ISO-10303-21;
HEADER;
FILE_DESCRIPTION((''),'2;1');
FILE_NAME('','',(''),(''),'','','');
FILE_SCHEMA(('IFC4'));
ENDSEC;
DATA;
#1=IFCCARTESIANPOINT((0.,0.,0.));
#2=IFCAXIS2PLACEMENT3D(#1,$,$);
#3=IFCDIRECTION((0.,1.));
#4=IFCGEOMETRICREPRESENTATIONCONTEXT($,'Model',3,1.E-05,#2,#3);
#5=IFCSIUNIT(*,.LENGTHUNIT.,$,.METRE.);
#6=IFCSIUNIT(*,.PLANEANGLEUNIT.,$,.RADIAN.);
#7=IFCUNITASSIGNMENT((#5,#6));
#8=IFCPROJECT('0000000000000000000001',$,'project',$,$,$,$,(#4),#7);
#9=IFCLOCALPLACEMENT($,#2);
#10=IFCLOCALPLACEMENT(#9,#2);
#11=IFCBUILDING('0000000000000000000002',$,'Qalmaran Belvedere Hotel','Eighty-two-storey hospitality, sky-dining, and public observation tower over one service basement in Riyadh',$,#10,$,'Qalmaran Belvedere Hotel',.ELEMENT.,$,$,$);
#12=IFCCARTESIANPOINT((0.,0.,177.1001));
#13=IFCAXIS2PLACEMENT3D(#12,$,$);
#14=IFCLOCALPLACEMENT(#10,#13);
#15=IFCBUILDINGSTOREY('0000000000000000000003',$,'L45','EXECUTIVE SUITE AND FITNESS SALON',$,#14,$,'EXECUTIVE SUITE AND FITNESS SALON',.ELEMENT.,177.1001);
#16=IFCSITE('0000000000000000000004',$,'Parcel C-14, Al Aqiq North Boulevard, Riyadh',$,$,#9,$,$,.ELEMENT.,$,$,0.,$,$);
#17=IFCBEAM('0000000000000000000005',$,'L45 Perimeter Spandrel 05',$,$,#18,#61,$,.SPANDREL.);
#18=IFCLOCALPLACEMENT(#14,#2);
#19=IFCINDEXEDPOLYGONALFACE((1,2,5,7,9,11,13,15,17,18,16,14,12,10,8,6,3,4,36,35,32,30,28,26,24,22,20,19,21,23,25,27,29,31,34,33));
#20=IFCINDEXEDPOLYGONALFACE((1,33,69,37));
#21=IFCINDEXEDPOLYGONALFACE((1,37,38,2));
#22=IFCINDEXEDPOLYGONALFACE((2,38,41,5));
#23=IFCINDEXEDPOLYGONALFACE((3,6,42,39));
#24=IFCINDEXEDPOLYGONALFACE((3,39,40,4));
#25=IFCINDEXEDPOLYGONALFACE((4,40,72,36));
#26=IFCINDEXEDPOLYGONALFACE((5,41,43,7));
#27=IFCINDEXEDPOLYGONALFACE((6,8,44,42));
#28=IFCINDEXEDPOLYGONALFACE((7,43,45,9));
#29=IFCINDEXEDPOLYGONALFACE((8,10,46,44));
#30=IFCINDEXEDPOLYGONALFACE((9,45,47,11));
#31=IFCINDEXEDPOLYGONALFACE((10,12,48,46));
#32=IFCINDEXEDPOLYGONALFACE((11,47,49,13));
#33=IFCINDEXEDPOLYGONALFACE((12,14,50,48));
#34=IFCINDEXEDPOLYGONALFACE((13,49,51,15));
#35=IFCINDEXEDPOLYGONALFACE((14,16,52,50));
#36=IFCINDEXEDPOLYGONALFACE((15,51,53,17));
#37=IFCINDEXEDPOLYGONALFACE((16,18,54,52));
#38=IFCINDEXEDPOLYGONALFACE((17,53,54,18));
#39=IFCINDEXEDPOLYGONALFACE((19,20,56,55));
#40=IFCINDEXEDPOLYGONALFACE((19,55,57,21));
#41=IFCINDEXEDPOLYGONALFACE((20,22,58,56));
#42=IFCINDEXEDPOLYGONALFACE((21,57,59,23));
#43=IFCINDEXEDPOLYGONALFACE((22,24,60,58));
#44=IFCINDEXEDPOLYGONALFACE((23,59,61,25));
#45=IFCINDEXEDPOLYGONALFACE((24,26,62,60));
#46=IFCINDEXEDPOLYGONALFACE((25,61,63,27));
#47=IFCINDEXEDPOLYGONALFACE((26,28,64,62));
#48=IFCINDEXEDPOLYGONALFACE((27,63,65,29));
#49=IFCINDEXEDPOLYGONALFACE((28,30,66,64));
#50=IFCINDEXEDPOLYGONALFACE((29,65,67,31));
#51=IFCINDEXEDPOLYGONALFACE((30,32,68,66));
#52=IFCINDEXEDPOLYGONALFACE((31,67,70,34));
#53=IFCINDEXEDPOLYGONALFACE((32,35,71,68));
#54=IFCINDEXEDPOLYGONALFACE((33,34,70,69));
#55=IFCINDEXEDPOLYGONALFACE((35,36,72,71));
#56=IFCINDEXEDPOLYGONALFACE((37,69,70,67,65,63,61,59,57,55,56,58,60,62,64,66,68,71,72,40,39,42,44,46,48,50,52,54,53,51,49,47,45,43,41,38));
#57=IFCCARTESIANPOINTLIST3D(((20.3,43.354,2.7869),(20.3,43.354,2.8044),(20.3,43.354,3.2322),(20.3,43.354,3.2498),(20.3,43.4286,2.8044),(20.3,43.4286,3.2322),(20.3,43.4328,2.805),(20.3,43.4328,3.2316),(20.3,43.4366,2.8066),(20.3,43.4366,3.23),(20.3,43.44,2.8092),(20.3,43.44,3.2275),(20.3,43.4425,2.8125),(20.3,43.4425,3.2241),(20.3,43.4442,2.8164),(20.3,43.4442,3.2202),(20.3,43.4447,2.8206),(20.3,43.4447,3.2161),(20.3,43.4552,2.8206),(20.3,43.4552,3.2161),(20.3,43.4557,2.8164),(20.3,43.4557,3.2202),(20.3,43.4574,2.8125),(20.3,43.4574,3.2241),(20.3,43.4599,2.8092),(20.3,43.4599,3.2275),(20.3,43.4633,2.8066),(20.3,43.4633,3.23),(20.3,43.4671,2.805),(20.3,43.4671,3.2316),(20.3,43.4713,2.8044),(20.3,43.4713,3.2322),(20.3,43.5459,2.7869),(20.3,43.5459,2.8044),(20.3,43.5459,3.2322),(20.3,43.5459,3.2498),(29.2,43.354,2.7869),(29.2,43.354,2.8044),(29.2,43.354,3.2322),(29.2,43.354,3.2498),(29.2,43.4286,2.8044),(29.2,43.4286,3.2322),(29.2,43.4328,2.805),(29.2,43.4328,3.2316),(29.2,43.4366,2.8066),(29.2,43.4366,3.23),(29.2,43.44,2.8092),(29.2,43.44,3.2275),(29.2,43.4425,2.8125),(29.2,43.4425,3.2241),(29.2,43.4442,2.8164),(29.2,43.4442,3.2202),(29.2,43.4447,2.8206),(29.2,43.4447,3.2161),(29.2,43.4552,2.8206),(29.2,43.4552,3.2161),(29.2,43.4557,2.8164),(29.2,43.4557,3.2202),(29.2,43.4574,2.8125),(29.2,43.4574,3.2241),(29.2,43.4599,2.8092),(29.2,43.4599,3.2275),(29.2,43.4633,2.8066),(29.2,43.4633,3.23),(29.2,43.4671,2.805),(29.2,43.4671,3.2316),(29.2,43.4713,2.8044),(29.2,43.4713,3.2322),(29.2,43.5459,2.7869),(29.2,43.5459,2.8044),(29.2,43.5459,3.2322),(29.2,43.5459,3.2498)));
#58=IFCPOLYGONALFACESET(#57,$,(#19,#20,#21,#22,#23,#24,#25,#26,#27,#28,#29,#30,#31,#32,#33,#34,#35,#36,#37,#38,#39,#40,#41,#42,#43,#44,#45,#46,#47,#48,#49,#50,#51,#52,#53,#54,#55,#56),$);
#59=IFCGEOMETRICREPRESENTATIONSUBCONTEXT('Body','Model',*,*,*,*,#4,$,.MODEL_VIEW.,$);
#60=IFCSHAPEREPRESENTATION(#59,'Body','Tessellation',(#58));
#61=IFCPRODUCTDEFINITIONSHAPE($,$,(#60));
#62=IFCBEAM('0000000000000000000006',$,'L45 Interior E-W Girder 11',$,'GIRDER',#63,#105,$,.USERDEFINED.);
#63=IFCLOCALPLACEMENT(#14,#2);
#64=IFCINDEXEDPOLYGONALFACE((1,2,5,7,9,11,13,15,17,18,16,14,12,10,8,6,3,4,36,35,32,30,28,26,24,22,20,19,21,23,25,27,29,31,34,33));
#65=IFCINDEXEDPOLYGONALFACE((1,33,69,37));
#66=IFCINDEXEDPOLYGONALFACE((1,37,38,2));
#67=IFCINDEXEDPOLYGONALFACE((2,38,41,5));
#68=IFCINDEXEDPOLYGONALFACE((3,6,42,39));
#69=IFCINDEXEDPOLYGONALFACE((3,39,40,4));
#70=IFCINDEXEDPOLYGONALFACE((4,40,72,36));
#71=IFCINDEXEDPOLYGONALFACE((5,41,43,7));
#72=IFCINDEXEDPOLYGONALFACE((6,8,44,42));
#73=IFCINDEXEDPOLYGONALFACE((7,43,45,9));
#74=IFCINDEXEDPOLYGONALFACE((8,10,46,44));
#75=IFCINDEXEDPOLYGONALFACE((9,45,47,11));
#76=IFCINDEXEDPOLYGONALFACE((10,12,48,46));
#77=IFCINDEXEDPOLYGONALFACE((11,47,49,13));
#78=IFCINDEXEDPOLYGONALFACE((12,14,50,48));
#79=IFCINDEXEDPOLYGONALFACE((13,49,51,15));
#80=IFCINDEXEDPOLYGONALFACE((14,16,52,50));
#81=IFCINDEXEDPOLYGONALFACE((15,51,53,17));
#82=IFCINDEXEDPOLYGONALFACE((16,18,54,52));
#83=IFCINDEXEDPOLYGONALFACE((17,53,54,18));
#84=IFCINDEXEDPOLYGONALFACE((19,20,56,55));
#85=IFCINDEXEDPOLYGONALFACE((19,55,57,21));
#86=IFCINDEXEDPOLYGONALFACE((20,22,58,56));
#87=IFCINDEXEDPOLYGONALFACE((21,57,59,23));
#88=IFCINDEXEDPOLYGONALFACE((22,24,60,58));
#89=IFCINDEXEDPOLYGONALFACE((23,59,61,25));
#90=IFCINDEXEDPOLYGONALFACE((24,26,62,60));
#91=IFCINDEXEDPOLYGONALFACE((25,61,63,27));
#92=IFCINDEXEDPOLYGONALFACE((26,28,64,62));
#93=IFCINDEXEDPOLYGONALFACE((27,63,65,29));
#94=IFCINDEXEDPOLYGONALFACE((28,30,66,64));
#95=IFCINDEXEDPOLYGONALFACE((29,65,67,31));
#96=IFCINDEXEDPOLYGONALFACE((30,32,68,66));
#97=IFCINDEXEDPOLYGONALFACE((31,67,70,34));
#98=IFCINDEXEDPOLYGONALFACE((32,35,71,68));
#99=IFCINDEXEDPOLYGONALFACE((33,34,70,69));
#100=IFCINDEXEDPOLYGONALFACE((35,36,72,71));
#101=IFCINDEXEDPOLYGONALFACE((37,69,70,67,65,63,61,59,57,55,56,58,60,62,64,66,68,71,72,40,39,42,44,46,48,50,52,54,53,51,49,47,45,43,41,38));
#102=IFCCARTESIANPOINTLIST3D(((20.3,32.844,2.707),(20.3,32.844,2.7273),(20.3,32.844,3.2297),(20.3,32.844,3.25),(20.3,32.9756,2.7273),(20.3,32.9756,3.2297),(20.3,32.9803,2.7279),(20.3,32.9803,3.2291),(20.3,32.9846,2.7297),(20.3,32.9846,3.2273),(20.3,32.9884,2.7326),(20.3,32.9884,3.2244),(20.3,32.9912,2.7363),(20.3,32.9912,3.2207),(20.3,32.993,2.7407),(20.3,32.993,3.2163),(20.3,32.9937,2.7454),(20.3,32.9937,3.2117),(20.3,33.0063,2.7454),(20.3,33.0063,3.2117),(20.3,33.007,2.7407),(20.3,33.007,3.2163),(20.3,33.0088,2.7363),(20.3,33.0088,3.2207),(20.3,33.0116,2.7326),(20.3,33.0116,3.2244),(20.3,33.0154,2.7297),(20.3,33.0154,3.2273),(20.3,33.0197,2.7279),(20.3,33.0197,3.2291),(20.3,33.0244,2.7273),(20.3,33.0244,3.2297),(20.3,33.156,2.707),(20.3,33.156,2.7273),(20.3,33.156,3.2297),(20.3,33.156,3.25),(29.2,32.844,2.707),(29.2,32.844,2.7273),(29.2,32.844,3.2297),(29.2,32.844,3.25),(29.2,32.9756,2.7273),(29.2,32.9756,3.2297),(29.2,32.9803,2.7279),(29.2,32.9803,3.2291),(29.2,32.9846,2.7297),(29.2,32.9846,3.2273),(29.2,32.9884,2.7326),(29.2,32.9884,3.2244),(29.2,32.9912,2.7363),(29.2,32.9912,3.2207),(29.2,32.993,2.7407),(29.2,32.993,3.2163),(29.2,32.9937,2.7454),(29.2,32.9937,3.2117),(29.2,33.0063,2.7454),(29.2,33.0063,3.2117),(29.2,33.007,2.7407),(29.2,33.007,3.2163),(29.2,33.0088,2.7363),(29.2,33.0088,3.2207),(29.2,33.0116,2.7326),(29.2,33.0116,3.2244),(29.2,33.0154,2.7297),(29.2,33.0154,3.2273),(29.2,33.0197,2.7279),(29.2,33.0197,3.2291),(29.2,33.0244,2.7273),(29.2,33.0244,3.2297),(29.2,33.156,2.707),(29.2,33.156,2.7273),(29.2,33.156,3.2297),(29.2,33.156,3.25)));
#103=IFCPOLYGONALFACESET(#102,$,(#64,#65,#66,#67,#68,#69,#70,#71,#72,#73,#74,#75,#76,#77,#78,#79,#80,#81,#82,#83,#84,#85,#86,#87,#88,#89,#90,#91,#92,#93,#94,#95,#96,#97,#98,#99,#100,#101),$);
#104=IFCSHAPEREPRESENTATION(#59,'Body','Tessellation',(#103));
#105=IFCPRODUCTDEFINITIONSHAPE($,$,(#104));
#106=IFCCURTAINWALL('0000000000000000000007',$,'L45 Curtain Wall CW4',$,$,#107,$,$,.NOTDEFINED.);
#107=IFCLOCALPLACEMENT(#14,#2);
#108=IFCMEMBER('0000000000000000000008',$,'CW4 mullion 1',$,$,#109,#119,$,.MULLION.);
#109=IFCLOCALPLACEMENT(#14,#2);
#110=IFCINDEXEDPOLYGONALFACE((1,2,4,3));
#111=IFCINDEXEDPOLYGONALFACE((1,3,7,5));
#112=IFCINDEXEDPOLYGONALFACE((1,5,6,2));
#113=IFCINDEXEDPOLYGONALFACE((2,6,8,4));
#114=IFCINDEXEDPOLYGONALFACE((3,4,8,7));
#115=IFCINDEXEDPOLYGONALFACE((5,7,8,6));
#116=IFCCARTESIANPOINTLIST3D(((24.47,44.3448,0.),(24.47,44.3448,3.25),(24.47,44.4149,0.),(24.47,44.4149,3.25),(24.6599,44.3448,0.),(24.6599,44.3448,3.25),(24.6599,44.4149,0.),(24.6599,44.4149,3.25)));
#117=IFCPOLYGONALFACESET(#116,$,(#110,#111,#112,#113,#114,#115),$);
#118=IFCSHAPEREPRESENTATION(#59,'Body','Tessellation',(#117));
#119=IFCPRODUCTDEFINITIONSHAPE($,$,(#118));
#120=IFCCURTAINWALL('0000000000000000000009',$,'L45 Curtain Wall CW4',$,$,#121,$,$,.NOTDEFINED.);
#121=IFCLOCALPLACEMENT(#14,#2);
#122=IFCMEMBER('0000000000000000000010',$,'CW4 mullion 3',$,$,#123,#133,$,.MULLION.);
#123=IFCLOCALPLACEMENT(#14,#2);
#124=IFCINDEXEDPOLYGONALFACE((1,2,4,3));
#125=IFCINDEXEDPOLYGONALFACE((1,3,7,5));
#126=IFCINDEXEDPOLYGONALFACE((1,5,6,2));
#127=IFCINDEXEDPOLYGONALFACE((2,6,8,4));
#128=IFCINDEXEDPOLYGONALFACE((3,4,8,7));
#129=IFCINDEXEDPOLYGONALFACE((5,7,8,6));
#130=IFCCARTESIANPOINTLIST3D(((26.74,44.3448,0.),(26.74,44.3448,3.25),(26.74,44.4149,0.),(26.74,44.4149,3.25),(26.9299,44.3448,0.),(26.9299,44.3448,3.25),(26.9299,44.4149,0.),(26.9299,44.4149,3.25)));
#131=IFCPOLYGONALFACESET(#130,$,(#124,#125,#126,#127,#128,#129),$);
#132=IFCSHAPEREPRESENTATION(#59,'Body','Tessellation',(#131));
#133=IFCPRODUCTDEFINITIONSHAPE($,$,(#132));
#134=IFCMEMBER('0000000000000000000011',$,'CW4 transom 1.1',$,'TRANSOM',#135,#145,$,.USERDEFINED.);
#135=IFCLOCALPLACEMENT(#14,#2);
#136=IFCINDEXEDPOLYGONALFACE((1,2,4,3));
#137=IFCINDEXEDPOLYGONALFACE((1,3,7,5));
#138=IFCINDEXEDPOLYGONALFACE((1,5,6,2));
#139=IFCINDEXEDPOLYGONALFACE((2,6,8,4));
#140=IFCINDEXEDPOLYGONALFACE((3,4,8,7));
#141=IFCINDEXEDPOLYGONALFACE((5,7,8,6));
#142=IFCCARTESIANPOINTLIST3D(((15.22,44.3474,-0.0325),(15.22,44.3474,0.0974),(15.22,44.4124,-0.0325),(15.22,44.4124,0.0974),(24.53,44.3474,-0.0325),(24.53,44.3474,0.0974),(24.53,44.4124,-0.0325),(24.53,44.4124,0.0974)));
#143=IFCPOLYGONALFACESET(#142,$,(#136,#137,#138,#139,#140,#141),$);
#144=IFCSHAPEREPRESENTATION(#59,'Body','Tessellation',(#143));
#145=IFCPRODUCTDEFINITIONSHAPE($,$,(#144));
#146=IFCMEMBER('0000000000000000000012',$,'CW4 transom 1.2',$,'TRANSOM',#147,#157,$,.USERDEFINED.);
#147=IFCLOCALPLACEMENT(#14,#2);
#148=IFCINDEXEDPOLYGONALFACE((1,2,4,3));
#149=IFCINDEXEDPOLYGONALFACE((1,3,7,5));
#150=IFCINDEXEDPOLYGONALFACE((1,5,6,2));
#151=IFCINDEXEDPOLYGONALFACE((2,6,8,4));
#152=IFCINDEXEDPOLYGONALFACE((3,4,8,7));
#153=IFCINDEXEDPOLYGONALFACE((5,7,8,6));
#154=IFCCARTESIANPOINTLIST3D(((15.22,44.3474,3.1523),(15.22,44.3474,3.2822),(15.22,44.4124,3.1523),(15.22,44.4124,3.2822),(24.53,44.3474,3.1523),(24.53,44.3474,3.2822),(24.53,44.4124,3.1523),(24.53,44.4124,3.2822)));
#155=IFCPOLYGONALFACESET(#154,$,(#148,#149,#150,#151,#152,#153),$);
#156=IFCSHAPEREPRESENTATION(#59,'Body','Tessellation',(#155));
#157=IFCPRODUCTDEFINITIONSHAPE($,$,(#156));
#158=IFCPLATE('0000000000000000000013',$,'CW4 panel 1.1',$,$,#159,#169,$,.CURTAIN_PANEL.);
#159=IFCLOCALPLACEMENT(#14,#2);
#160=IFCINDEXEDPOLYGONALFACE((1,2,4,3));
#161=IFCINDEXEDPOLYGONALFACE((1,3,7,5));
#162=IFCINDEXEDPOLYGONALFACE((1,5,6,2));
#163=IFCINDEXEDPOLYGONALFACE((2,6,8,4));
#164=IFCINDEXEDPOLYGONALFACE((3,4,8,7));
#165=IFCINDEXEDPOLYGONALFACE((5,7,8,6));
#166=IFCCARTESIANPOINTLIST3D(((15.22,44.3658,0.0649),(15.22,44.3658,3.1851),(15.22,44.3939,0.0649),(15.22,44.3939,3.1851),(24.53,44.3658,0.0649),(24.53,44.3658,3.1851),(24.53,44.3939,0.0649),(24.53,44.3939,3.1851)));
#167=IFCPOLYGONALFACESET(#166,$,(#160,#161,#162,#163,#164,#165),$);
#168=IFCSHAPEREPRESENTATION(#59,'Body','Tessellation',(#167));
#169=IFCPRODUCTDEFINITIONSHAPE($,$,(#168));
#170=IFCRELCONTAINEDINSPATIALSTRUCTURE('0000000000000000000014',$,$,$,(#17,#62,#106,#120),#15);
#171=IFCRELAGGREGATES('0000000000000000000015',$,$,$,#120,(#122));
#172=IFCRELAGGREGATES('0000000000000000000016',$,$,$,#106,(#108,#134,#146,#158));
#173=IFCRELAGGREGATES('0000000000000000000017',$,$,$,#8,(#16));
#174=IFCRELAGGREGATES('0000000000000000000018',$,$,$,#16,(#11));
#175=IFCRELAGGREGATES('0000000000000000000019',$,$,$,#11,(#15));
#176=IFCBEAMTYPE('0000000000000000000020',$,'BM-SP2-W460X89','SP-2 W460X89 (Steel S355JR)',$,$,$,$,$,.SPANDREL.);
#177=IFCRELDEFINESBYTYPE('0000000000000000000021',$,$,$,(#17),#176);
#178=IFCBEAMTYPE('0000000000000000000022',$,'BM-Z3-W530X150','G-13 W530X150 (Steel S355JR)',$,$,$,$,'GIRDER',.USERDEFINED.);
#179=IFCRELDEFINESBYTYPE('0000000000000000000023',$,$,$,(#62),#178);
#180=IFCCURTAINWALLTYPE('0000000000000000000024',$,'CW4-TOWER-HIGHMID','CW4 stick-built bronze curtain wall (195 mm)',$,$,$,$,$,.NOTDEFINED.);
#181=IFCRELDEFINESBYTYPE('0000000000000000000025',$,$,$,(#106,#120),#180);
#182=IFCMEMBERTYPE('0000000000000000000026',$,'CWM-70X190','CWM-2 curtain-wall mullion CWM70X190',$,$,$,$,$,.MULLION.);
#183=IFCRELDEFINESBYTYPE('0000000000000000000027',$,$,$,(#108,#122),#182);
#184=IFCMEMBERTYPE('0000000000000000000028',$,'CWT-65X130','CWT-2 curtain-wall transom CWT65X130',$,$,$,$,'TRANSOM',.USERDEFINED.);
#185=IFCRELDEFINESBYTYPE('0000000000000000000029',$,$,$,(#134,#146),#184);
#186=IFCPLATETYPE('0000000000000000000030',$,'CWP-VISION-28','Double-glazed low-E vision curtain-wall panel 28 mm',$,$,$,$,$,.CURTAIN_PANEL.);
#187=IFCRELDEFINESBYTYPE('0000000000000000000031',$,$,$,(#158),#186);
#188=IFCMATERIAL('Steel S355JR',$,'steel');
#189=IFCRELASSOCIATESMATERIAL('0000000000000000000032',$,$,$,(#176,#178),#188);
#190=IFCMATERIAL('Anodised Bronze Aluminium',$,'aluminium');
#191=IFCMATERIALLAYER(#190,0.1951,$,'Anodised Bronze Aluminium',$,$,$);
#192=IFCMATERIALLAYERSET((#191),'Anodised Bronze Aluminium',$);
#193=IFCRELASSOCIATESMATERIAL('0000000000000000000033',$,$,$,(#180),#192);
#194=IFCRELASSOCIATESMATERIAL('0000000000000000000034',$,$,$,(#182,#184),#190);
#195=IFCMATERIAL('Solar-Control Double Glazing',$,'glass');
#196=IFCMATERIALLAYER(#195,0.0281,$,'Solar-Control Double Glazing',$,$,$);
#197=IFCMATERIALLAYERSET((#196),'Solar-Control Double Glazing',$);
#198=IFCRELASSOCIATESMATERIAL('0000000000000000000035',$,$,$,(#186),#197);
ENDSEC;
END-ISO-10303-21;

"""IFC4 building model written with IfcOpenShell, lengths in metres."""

from ifc_helpers import new_model, si_unit, direction, frame, origin, origin_2d, place, context, subcontext, project, spatial, rectangle, i_section, extrude, material, layer, layer_set, material_profile, profile_set, type_object, element, aggregate, save


model = new_model("IFC4")

# Units and contexts
model_context = context("Model", 3, precision=1e-05, world=origin(), true_north=direction((0.0, 1.0)))
body_context = subcontext(model_context, "Body", "Model", "MODEL_VIEW")
ifc_project = project(units=[si_unit("LENGTHUNIT", "METRE"), si_unit("PLANEANGLEUNIT", "RADIAN")], contexts=[model_context])

# Site, building, storey
site_placement = place(None, origin())
site = spatial("IfcSite", under=ifc_project, at=site_placement, Name="Parcel C-14, Al Aqiq North Boulevard, Riyadh", CompositionType="ELEMENT", RefElevation=0.0)
building_placement = place(site_placement, origin())
building = spatial("IfcBuilding", under=site, at=building_placement, Name="Qalmaran Belvedere Hotel", Description="Eighty-two-storey hospitality, sky-dining, and public observation tower over one service basement in Riyadh", LongName="Qalmaran Belvedere Hotel", CompositionType="ELEMENT")
storey_placement = place(building_placement, frame((0.0, 0.0, 177.1001)))
storey = spatial("IfcBuildingStorey", under=building, at=storey_placement, Name="L45", Description="EXECUTIVE SUITE AND FITNESS SALON", LongName="EXECUTIVE SUITE AND FITNESS SALON", CompositionType="ELEMENT", Elevation=177.1001)

# Beams
ifc_material_1 = material(Name="Steel S355JR", Category="steel")
ifc_material_profile_1 = material_profile(ifc_material_1, i_section(OverallWidth=0.1919, OverallDepth=0.4629, WebThickness=0.0105, FlangeThickness=0.0176, FilletRadius=0.0161, at=origin_2d()), Name="W460X89")
ifc_profile_set_1 = profile_set([ifc_material_profile_1], Name="Steel S355JR")
beam_type_1 = type_object("IfcBeamType", Name="BM-SP2-W460X89", Description="SP-2 W460X89 (Steel S355JR)", PredefinedType="SPANDREL", material=ifc_profile_set_1)
beam_1_placement = place(storey_placement, frame((20.3, 43.45, 3.0183), z_axis=(1.0, 0.0, 0.0), x_axis=(0.0, 1.0, 0.0)))
element("IfcBeam", 1, at=beam_1_placement, inside=storey, type_object=beam_type_1, Name="L45 Perimeter Spandrel 05", PredefinedType="SPANDREL", context=body_context, shape_type="SweptSolid", body=[
    extrude(i_section(OverallWidth=0.1919, OverallDepth=0.4629, WebThickness=0.0105, FlangeThickness=0.0176, FilletRadius=0.0161, at=origin_2d()), origin(), (0.0, 0.0, 1.0), 8.8999),
])
ifc_material_profile_2 = material_profile(ifc_material_1, i_section(OverallWidth=0.312, OverallDepth=0.543, WebThickness=0.0127, FlangeThickness=0.0203, FilletRadius=0.0181, at=origin_2d()), Name="W530X150")
ifc_profile_set_2 = profile_set([ifc_material_profile_2], Name="Steel S355JR")
beam_type_2 = type_object("IfcBeamType", Name="BM-Z3-W530X150", Description="G-13 W530X150 (Steel S355JR)", ElementType="GIRDER", PredefinedType="USERDEFINED", material=ifc_profile_set_2)
beam_2_placement = place(storey_placement, frame((20.3, 33.0, 2.9785), z_axis=(1.0, 0.0, 0.0), x_axis=(0.0, 1.0, 0.0)))
element("IfcBeam", 2, at=beam_2_placement, inside=storey, type_object=beam_type_2, Name="L45 Interior E-W Girder 11", ObjectType="GIRDER", PredefinedType="USERDEFINED", context=body_context, shape_type="SweptSolid", body=[
    extrude(i_section(OverallWidth=0.312, OverallDepth=0.543, WebThickness=0.0127, FlangeThickness=0.0203, FilletRadius=0.0181, at=origin_2d()), origin(), (0.0, 0.0, 1.0), 8.8999),
])

# Curtain walls, members
ifc_material_2 = material(Name="Anodised Bronze Aluminium", Category="aluminium")
ifc_layer_1 = layer(ifc_material_2, 0.1951, Name="Anodised Bronze Aluminium")
ifc_layer_set_1 = layer_set([ifc_layer_1], Name="Anodised Bronze Aluminium")
curtain_wall_type = type_object("IfcCurtainWallType", Name="CW4-TOWER-HIGHMID", Description="CW4 stick-built bronze curtain wall (195 mm)", PredefinedType="NOTDEFINED", material=ifc_layer_set_1)
curtain_wall_1_placement = place(storey_placement, origin())
curtain_wall_1 = element("IfcCurtainWall", 3, at=curtain_wall_1_placement, inside=storey, type_object=curtain_wall_type, Name="L45 Curtain Wall CW4", PredefinedType="NOTDEFINED")
ifc_material_profile_3 = material_profile(ifc_material_2, rectangle(XDim=0.0701, YDim=0.1899, at=origin_2d()), Name="CWM70X190")
ifc_profile_set_3 = profile_set([ifc_material_profile_3], Name="Anodised Bronze Aluminium")
member_type_1 = type_object("IfcMemberType", Name="CWM-70X190", Description="CWM-2 curtain-wall mullion CWM70X190", PredefinedType="MULLION", material=ifc_profile_set_3)
member_1_placement = place(storey_placement, frame((24.5649, 44.3799, 0.0), z_axis=(0.0, 0.0, 1.0), x_axis=(0.0, -1.0, 0.0)))
member_1 = element("IfcMember", 4, at=member_1_placement, type_object=member_type_1, Name="CW4 mullion 1", PredefinedType="MULLION", context=body_context, shape_type="SweptSolid", body=[
    extrude(rectangle(XDim=0.0701, YDim=0.1899, at=origin_2d()), origin(), (0.0, 0.0, 1.0), 3.25),
])
curtain_wall_2_placement = place(storey_placement, origin())
curtain_wall_2 = element("IfcCurtainWall", 5, at=curtain_wall_2_placement, inside=storey, type_object=curtain_wall_type, Name="L45 Curtain Wall CW4", PredefinedType="NOTDEFINED")
member_2_placement = place(storey_placement, frame((26.835, 44.3799, 0.0), z_axis=(0.0, 0.0, 1.0), x_axis=(0.0, -1.0, 0.0)))
member_2 = element("IfcMember", 6, at=member_2_placement, type_object=member_type_1, Name="CW4 mullion 3", PredefinedType="MULLION", context=body_context, shape_type="SweptSolid", body=[
    extrude(rectangle(XDim=0.0701, YDim=0.1899, at=origin_2d()), origin(), (0.0, 0.0, 1.0), 3.25),
])
aggregate(curtain_wall_2, [member_2])

# Members
ifc_material_profile_4 = material_profile(ifc_material_2, rectangle(XDim=0.0649, YDim=0.1299, at=origin_2d()), Name="CWT65X130")
ifc_profile_set_4 = profile_set([ifc_material_profile_4], Name="Anodised Bronze Aluminium")
member_type_2 = type_object("IfcMemberType", Name="CWT-65X130", Description="CWT-2 curtain-wall transom CWT65X130", ElementType="TRANSOM", PredefinedType="USERDEFINED", material=ifc_profile_set_4)
member_3_placement = place(storey_placement, frame((24.53, 44.3799, 0.0325), z_axis=(-1.0, 0.0, 0.0), x_axis=(0.0, -1.0, 0.0)))
member_3 = element("IfcMember", 7, at=member_3_placement, type_object=member_type_2, Name="CW4 transom 1.1", ObjectType="TRANSOM", PredefinedType="USERDEFINED", context=body_context, shape_type="SweptSolid", body=[
    extrude(rectangle(XDim=0.0649, YDim=0.1299, at=origin_2d()), origin(), (0.0, 0.0, 1.0), 9.3101),
])
member_4_placement = place(storey_placement, frame((24.53, 44.3799, 3.2173), z_axis=(-1.0, 0.0, 0.0), x_axis=(0.0, -1.0, 0.0)))
member_4 = element("IfcMember", 8, at=member_4_placement, type_object=member_type_2, Name="CW4 transom 1.2", ObjectType="TRANSOM", PredefinedType="USERDEFINED", context=body_context, shape_type="SweptSolid", body=[
    extrude(rectangle(XDim=0.0649, YDim=0.1299, at=origin_2d()), origin(), (0.0, 0.0, 1.0), 9.3101),
])

# Plate
ifc_material_3 = material(Name="Solar-Control Double Glazing", Category="glass")
ifc_layer_2 = layer(ifc_material_3, 0.0281, Name="Solar-Control Double Glazing")
ifc_layer_set_2 = layer_set([ifc_layer_2], Name="Solar-Control Double Glazing")
plate_type = type_object("IfcPlateType", Name="CWP-VISION-28", Description="Double-glazed low-E vision curtain-wall panel 28 mm", PredefinedType="CURTAIN_PANEL", material=ifc_layer_set_2)
plate_placement = place(storey_placement, frame((19.875, 44.3799, 0.0649), z_axis=(0.0, 0.0, 1.0), x_axis=(-1.0, 0.0, 0.0)))
plate = element("IfcPlate", 9, at=plate_placement, type_object=plate_type, Name="CW4 panel 1.1", PredefinedType="CURTAIN_PANEL", context=body_context, shape_type="SweptSolid", body=[
    extrude(rectangle(XDim=9.3101, YDim=0.0281, at=origin_2d()), origin(), (0.0, 0.0, 1.0), 3.1201),
])
aggregate(curtain_wall_1, [member_1, member_3, member_4, plate])

save(model, "model.ifc")
